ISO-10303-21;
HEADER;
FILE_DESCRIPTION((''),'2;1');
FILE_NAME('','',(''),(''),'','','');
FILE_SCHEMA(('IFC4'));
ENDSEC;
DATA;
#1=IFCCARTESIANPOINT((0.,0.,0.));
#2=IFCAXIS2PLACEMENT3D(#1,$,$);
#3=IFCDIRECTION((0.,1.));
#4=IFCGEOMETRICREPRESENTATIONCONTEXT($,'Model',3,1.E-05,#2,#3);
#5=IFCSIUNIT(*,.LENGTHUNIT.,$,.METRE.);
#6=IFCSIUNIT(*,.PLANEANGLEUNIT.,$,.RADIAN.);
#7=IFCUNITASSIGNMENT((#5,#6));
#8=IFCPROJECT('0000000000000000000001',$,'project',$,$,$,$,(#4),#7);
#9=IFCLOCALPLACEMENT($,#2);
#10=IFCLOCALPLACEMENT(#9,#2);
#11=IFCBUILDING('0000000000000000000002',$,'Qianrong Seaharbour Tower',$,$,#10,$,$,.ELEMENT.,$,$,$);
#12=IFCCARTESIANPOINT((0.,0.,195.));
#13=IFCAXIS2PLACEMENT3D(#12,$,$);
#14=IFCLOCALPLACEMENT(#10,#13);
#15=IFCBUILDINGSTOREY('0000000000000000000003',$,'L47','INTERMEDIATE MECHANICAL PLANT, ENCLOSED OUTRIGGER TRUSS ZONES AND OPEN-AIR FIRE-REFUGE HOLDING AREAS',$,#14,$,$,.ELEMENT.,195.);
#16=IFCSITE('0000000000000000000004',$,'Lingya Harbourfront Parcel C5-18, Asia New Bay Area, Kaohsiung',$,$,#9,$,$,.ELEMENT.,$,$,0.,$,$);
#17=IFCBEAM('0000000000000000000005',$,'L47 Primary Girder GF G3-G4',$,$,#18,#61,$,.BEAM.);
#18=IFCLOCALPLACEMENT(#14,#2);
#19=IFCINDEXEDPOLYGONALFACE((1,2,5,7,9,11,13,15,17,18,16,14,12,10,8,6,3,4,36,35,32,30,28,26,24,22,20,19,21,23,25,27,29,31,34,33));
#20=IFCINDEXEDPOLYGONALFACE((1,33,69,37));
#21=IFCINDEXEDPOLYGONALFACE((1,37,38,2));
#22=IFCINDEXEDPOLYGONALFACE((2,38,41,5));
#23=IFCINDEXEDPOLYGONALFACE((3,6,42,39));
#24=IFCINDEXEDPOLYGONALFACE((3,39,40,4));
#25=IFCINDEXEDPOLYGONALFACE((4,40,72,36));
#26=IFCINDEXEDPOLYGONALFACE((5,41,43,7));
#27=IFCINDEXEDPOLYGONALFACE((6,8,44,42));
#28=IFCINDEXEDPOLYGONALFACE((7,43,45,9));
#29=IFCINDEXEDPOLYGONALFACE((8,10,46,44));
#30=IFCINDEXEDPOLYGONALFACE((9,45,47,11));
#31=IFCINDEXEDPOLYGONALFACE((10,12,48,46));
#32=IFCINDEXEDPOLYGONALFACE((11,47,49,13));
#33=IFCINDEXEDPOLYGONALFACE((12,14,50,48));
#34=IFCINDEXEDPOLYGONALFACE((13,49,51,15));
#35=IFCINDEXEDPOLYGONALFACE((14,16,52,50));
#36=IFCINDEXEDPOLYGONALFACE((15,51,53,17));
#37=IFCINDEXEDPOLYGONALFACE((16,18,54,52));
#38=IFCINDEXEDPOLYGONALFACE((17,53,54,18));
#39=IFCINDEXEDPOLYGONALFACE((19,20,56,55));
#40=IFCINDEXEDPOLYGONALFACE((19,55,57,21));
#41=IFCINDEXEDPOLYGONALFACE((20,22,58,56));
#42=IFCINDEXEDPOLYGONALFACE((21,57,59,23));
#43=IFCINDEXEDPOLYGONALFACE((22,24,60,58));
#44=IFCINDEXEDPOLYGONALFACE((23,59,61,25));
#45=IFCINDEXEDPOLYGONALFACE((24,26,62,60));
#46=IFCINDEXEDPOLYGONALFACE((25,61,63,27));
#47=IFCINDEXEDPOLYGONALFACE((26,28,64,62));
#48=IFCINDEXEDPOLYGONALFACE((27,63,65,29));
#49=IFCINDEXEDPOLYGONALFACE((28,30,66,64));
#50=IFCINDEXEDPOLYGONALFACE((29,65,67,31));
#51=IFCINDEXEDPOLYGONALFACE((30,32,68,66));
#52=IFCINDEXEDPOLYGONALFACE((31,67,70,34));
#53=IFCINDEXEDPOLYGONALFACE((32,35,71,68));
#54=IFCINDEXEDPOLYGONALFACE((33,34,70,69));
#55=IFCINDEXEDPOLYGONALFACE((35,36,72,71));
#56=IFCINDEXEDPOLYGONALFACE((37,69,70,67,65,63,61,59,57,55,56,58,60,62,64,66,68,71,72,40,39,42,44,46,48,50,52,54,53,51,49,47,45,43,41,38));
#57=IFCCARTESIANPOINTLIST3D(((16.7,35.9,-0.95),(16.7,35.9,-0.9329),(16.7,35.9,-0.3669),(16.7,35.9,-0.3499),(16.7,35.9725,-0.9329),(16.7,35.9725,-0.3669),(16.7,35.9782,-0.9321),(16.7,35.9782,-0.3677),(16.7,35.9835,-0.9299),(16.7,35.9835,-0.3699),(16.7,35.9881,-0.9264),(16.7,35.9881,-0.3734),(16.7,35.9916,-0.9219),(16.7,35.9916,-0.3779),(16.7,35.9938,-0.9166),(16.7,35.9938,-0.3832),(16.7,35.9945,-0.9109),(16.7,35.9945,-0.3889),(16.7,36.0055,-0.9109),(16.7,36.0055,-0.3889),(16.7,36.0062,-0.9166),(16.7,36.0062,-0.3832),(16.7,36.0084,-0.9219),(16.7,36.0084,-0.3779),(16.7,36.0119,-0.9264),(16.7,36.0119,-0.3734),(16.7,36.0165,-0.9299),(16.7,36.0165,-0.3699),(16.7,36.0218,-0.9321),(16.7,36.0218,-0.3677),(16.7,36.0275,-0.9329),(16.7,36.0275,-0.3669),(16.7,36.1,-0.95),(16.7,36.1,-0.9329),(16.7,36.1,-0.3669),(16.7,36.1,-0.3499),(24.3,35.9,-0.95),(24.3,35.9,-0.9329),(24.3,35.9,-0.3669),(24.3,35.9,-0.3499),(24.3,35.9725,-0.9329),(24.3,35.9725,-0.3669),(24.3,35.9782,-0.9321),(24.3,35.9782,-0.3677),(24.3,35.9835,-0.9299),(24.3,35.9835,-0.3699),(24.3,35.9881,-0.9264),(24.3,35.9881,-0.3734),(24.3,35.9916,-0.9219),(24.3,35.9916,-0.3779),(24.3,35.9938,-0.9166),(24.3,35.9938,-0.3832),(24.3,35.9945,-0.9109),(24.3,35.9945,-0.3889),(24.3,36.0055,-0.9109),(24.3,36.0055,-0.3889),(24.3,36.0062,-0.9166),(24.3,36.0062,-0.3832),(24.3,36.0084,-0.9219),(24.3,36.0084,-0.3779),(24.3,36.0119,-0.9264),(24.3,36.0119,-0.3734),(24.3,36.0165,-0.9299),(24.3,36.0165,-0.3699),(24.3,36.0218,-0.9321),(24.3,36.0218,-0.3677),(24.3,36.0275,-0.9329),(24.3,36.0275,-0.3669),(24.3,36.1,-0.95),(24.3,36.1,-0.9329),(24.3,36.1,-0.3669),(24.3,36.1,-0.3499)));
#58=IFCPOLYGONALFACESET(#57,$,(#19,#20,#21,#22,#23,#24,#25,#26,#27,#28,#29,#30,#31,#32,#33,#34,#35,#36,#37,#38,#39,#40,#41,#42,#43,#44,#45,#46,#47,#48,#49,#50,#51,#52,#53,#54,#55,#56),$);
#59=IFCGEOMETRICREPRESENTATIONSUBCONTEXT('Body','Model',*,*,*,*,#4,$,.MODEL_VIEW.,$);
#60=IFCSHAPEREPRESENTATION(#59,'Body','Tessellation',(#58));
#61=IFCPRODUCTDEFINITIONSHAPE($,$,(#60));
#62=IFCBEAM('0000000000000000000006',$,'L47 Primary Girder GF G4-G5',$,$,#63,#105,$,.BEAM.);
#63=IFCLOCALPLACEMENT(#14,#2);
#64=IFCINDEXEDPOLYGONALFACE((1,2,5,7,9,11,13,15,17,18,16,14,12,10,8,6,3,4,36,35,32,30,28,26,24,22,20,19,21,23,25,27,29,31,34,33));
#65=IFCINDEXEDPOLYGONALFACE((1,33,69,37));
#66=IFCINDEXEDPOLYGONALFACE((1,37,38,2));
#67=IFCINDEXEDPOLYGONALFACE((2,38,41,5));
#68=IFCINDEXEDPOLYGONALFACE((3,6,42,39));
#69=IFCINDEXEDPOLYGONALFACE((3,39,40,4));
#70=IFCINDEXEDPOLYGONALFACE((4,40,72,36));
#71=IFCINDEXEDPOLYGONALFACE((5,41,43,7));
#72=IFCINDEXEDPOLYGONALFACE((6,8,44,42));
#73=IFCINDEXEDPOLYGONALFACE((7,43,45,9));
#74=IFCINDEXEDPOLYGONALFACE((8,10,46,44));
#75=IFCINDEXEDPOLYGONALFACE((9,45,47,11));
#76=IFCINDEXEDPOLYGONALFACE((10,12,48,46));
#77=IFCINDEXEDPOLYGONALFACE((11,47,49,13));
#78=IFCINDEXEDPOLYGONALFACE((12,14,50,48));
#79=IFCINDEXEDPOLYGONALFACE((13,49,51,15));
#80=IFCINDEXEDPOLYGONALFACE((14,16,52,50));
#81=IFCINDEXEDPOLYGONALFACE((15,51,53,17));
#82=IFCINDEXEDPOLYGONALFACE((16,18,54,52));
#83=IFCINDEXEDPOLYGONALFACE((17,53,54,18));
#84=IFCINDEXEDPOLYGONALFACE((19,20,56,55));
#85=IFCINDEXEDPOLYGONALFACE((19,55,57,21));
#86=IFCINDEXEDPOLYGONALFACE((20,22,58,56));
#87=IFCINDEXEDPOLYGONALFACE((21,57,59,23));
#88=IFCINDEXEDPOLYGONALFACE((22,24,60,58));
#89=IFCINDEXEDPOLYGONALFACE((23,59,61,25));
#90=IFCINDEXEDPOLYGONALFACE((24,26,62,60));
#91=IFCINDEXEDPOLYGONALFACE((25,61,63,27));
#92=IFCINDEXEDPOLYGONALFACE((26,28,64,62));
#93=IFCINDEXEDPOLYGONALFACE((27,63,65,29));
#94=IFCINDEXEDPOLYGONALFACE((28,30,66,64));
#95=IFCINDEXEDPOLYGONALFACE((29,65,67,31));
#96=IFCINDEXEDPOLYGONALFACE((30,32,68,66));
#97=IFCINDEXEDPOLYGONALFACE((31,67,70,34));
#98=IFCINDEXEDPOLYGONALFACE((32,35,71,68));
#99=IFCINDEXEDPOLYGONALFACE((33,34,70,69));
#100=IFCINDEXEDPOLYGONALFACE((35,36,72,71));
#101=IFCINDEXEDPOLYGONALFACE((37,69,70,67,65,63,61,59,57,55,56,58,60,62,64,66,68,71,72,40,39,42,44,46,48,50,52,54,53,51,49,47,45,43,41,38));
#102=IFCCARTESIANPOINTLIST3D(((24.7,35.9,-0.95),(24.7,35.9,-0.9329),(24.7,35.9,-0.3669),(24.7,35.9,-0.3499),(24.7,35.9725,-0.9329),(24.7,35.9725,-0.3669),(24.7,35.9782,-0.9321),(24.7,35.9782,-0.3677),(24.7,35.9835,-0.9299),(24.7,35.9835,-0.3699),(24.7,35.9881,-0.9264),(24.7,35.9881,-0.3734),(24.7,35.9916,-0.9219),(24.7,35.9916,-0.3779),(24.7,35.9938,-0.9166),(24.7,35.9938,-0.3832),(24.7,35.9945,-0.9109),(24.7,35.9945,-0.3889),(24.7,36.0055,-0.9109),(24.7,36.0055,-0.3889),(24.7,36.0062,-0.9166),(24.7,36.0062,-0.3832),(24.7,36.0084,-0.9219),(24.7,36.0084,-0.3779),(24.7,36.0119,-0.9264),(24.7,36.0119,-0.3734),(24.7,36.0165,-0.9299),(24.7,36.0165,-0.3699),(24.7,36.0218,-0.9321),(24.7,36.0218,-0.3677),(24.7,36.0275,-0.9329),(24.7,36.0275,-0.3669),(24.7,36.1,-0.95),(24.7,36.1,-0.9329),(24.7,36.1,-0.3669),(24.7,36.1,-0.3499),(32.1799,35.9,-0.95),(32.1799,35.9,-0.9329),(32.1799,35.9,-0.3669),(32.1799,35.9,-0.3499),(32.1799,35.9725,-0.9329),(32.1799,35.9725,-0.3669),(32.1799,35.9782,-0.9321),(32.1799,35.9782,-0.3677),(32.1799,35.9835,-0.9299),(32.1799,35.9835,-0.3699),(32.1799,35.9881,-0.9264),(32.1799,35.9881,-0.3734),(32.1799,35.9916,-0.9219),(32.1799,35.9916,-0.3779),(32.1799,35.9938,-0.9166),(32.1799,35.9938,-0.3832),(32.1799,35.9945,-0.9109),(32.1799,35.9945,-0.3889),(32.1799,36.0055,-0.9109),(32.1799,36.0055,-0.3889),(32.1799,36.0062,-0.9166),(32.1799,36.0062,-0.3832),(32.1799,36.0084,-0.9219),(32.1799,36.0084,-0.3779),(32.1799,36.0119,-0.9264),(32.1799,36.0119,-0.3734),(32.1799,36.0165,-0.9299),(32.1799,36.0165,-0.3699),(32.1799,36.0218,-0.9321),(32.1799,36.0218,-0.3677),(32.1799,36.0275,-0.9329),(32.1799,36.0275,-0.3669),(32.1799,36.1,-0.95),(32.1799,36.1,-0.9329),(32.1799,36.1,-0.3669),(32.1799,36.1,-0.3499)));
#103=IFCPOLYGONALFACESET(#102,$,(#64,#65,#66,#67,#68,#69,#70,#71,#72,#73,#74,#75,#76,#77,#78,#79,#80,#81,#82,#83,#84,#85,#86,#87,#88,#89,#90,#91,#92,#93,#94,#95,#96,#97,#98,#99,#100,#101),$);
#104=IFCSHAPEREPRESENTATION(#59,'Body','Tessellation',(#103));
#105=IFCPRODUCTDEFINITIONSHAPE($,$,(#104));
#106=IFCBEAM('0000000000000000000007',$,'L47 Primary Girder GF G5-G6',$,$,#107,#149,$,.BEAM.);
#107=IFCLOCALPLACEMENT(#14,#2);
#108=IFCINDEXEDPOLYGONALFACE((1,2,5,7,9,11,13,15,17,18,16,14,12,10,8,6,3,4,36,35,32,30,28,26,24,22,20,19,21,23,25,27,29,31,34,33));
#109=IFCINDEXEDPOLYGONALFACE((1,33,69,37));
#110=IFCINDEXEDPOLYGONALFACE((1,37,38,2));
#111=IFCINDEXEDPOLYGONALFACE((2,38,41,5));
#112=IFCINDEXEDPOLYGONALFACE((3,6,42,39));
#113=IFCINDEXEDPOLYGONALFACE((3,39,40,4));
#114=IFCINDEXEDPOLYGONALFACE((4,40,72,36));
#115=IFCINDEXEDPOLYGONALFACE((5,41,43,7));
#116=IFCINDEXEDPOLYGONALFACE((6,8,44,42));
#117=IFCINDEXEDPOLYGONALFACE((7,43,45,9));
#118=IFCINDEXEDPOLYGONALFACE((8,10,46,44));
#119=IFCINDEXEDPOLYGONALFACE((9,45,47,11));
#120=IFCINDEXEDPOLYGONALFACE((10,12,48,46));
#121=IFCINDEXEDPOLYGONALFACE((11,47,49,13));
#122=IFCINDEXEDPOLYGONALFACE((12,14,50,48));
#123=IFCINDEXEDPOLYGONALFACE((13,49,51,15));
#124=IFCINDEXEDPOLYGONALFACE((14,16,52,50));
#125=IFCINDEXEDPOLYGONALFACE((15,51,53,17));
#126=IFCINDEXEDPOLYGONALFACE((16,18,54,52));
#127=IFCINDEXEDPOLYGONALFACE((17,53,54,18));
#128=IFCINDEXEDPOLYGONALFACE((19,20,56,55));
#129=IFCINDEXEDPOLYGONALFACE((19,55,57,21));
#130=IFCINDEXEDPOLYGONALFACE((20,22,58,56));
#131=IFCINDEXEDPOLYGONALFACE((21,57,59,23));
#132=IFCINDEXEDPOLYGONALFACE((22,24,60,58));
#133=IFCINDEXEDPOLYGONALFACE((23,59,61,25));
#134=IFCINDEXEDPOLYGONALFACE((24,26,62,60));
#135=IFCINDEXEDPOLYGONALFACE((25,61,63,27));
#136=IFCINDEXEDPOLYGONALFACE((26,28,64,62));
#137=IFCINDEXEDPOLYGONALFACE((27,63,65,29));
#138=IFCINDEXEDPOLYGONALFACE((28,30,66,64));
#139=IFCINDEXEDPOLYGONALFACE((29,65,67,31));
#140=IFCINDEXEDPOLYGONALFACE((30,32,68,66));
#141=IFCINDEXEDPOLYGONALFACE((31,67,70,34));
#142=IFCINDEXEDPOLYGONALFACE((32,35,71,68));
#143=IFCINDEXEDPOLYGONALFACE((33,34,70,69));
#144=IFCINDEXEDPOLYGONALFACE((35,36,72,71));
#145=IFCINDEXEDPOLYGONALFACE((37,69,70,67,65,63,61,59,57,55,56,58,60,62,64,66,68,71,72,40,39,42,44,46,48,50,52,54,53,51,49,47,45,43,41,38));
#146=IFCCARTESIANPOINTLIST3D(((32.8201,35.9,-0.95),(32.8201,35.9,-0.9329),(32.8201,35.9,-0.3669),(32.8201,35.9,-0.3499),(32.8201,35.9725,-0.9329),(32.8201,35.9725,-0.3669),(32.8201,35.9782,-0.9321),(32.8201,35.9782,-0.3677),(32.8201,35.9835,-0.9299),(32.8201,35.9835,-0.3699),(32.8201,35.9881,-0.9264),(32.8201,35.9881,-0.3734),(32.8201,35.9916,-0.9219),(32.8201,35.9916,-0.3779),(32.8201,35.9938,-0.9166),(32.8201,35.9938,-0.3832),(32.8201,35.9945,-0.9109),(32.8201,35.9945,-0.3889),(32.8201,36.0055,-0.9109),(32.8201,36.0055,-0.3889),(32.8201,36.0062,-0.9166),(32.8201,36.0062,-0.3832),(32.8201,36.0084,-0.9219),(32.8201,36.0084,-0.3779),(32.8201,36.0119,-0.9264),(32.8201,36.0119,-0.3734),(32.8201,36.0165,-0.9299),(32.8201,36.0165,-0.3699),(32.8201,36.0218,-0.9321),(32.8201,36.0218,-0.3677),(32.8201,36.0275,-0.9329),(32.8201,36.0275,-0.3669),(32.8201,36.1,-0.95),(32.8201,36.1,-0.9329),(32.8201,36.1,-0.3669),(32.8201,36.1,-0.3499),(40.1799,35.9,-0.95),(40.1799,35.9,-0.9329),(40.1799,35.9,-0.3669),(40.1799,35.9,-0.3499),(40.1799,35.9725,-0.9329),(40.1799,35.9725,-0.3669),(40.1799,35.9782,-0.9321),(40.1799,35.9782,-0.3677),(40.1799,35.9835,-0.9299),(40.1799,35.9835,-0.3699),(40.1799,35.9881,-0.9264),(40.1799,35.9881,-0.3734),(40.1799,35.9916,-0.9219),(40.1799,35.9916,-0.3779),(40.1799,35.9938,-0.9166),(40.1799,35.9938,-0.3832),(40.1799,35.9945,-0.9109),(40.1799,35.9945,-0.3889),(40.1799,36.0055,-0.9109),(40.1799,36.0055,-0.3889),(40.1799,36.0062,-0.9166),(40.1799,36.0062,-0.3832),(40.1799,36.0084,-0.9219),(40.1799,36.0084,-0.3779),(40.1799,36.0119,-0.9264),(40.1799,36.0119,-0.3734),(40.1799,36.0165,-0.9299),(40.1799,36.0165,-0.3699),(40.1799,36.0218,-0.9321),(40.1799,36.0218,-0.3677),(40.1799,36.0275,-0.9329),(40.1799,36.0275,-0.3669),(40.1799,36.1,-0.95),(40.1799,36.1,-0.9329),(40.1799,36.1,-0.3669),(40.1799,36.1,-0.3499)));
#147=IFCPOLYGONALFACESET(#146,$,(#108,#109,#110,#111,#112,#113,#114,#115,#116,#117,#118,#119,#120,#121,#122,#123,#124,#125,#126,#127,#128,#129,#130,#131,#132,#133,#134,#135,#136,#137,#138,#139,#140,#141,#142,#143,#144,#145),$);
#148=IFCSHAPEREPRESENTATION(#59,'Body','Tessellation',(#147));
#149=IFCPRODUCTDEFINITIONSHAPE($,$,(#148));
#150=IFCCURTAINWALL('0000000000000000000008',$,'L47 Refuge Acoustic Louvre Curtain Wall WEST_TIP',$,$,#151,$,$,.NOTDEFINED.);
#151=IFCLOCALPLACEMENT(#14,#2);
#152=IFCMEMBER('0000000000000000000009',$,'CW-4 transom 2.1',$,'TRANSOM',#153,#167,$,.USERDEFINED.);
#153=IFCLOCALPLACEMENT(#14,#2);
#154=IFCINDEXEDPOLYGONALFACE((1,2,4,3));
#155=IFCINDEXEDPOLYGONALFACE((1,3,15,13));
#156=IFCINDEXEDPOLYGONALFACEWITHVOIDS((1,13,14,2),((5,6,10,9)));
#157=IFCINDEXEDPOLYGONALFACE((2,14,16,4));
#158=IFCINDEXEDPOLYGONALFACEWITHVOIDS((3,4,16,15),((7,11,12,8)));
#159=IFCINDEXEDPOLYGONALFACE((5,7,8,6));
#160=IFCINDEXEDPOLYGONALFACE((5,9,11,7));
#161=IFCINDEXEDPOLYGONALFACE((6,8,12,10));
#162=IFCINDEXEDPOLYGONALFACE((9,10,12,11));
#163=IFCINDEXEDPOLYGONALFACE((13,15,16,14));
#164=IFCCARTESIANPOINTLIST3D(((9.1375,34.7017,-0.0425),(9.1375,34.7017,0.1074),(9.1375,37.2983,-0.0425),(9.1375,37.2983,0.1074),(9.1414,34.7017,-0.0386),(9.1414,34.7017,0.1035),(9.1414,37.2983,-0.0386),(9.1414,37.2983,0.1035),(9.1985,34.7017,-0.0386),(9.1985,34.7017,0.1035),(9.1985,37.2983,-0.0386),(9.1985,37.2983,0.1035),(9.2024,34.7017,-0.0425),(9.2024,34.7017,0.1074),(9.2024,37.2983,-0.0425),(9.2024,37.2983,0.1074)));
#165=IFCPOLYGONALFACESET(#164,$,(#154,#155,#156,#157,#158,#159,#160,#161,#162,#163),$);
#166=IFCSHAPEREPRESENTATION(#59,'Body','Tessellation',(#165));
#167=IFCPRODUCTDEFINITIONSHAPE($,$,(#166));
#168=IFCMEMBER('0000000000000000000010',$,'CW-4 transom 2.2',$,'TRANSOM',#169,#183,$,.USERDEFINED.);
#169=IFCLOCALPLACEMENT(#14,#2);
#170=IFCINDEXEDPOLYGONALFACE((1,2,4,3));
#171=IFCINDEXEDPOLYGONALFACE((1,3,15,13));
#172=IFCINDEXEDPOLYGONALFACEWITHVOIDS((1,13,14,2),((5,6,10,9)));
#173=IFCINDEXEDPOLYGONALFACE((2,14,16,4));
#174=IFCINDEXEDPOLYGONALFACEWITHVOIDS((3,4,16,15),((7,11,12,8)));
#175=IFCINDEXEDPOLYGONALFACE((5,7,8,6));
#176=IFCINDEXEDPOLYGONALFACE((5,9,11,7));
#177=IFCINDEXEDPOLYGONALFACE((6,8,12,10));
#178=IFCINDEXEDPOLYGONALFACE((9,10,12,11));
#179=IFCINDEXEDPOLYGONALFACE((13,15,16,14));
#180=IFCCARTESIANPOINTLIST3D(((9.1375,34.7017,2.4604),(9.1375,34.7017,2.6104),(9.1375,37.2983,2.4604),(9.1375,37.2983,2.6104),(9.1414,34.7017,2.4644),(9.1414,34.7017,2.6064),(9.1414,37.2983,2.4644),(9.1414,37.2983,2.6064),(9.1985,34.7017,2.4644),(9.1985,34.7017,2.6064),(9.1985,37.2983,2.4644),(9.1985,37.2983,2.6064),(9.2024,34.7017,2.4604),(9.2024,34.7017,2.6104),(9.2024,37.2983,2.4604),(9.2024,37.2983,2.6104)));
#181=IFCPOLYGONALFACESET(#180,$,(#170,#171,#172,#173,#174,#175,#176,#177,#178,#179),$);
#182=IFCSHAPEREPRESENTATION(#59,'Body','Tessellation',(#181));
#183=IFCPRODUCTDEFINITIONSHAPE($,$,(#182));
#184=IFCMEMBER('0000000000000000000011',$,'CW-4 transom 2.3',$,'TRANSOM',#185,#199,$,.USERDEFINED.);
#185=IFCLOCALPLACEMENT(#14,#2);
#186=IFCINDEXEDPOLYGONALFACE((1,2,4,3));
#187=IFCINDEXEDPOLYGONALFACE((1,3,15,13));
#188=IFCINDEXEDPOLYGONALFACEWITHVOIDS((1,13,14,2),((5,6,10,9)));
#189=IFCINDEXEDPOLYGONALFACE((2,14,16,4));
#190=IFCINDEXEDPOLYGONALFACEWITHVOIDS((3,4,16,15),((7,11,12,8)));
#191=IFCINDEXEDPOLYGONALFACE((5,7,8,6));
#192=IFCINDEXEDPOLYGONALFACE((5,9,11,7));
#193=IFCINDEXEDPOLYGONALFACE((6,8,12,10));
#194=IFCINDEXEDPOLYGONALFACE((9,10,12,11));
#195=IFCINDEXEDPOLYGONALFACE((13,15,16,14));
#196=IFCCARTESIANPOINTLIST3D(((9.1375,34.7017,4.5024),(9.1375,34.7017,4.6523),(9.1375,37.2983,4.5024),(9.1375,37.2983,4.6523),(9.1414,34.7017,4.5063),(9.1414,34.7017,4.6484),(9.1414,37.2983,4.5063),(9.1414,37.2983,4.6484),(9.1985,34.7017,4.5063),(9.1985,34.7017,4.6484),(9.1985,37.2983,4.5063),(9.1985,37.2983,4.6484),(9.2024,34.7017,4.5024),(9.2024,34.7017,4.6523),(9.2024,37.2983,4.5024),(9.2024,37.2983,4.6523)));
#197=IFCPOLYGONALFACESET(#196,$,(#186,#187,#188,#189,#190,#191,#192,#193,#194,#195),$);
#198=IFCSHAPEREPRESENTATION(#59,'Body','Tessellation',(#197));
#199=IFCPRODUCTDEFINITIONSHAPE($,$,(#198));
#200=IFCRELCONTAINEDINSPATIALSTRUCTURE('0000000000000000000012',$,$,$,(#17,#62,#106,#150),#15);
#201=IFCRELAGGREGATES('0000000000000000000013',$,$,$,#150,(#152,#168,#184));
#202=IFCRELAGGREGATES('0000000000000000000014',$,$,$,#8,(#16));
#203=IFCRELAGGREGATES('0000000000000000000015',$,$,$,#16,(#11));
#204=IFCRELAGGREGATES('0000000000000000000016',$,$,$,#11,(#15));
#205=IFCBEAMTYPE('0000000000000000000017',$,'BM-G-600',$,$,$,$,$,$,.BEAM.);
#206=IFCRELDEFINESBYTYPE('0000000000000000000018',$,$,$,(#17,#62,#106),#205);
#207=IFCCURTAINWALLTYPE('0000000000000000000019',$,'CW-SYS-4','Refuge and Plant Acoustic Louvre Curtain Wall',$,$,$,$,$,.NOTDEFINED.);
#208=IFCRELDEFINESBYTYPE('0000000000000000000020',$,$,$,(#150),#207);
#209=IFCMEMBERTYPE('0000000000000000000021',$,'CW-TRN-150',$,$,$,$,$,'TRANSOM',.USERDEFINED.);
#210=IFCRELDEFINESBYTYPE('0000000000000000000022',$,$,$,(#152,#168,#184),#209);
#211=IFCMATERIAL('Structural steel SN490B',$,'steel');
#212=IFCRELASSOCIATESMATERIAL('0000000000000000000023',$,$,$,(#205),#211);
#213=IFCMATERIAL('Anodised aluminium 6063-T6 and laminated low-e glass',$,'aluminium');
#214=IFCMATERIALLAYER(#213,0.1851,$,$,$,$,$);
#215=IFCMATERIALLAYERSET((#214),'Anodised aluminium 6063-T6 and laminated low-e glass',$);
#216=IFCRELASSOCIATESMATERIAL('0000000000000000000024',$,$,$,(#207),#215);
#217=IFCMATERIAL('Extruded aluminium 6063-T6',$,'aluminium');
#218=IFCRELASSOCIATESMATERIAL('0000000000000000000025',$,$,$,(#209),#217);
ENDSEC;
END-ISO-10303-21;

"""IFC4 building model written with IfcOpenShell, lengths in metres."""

from ifc_helpers import new_model, si_unit, direction, frame, origin, origin_2d, place, context, subcontext, project, spatial, hollow_rectangle, i_section, extrude, material, layer, layer_set, material_profile, profile_set, type_object, element, aggregate, save


model = new_model("IFC4")

# Units and contexts
model_context = context("Model", 3, precision=1e-05, world=origin(), true_north=direction((0.0, 1.0)))
body_context = subcontext(model_context, "Body", "Model", "MODEL_VIEW")
ifc_project = project(units=[si_unit("LENGTHUNIT", "METRE"), si_unit("PLANEANGLEUNIT", "RADIAN")], contexts=[model_context])

# Site, building, storey
site_placement = place(None, origin())
site = spatial("IfcSite", under=ifc_project, at=site_placement, Name="Lingya Harbourfront Parcel C5-18, Asia New Bay Area, Kaohsiung", CompositionType="ELEMENT", RefElevation=0.0)
building_placement = place(site_placement, origin())
building = spatial("IfcBuilding", under=site, at=building_placement, Name="Qianrong Seaharbour Tower", CompositionType="ELEMENT")
storey_placement = place(building_placement, frame((0.0, 0.0, 195.0)))
storey = spatial("IfcBuildingStorey", under=building, at=storey_placement, Name="L47", Description="INTERMEDIATE MECHANICAL PLANT, ENCLOSED OUTRIGGER TRUSS ZONES AND OPEN-AIR FIRE-REFUGE HOLDING AREAS", CompositionType="ELEMENT", Elevation=195.0)

# Shared definitions
ifc_material_1 = material(Name="Structural steel SN490B", Category="steel")

# Beams
ifc_material_profile_1 = material_profile(ifc_material_1, i_section(OverallWidth=0.2, OverallDepth=0.6001, WebThickness=0.011, FlangeThickness=0.0171, FilletRadius=0.022, at=origin_2d()), Name="H600x200x11x17")
ifc_profile_set_1 = profile_set([ifc_material_profile_1], Name="Structural steel SN490B")
beam_type = type_object("IfcBeamType", Name="BM-G-600", PredefinedType="BEAM", material=ifc_profile_set_1)
beam_1_placement = place(storey_placement, frame((16.7, 36.0, -0.6499), z_axis=(1.0, 0.0, 0.0), x_axis=(0.0, 1.0, 0.0)))
element("IfcBeam", 1, at=beam_1_placement, inside=storey, type_object=beam_type, Name="L47 Primary Girder GF G3-G4", PredefinedType="BEAM", context=body_context, shape_type="SweptSolid", body=[
    extrude(i_section(OverallWidth=0.2, OverallDepth=0.6001, WebThickness=0.011, FlangeThickness=0.0171, FilletRadius=0.022, at=origin_2d()), origin(), (0.0, 0.0, 1.0), 7.6001),
])
beam_2_placement = place(storey_placement, frame((24.7, 36.0, -0.6499), z_axis=(1.0, 0.0, 0.0), x_axis=(0.0, 1.0, 0.0)))
element("IfcBeam", 2, at=beam_2_placement, inside=storey, type_object=beam_type, Name="L47 Primary Girder GF G4-G5", PredefinedType="BEAM", context=body_context, shape_type="SweptSolid", body=[
    extrude(i_section(OverallWidth=0.2, OverallDepth=0.6001, WebThickness=0.011, FlangeThickness=0.0171, FilletRadius=0.022, at=origin_2d()), origin(), (0.0, 0.0, 1.0), 7.48),
])
beam_3_placement = place(storey_placement, frame((32.8201, 36.0, -0.6499), z_axis=(1.0, 0.0, 0.0), x_axis=(0.0, 1.0, 0.0)))
element("IfcBeam", 3, at=beam_3_placement, inside=storey, type_object=beam_type, Name="L47 Primary Girder GF G5-G6", PredefinedType="BEAM", context=body_context, shape_type="SweptSolid", body=[
    extrude(i_section(OverallWidth=0.2, OverallDepth=0.6001, WebThickness=0.011, FlangeThickness=0.0171, FilletRadius=0.022, at=origin_2d()), origin(), (0.0, 0.0, 1.0), 7.3599),
])

# Curtain wall, members
ifc_material_2 = material(Name="Anodised aluminium 6063-T6 and laminated low-e glass", Category="aluminium")
ifc_layer_1 = layer(ifc_material_2, 0.1851)
ifc_layer_set_1 = layer_set([ifc_layer_1], Name="Anodised aluminium 6063-T6 and laminated low-e glass")
curtain_wall_type = type_object("IfcCurtainWallType", Name="CW-SYS-4", Description="Refuge and Plant Acoustic Louvre Curtain Wall", PredefinedType="NOTDEFINED", material=ifc_layer_set_1)
curtain_wall_placement = place(storey_placement, origin())
curtain_wall = element("IfcCurtainWall", 4, at=curtain_wall_placement, inside=storey, type_object=curtain_wall_type, Name="L47 Refuge Acoustic Louvre Curtain Wall WEST_TIP", PredefinedType="NOTDEFINED")
ifc_material_3 = material(Name="Extruded aluminium 6063-T6", Category="aluminium")
ifc_material_profile_2 = material_profile(ifc_material_3, hollow_rectangle(XDim=0.0649, YDim=0.1499, WallThickness=0.0039, at=origin_2d()), Name="ALU-TRN-150x65x4")
ifc_profile_set_2 = profile_set([ifc_material_profile_2], Name="Extruded aluminium 6063-T6")
member_type_1 = type_object("IfcMemberType", Name="CW-TRN-150", ElementType="TRANSOM", PredefinedType="USERDEFINED", material=ifc_profile_set_2)
member_1_placement = place(storey_placement, frame((9.1699, 34.7017, 0.0325), z_axis=(0.0, 1.0, 0.0), x_axis=(-1.0, 0.0, 0.0)))
member_1 = element("IfcMember", 5, at=member_1_placement, type_object=member_type_1, Name="CW-4 transom 2.1", ObjectType="TRANSOM", PredefinedType="USERDEFINED", context=body_context, shape_type="SweptSolid", body=[
    extrude(hollow_rectangle(XDim=0.0649, YDim=0.1499, WallThickness=0.0039, at=origin_2d()), origin(), (0.0, 0.0, 1.0), 2.5967),
])
member_2_placement = place(storey_placement, frame((9.1699, 34.7017, 2.5354), z_axis=(0.0, 1.0, 0.0), x_axis=(-1.0, 0.0, 0.0)))
member_2 = element("IfcMember", 6, at=member_2_placement, type_object=member_type_1, Name="CW-4 transom 2.2", ObjectType="TRANSOM", PredefinedType="USERDEFINED", context=body_context, shape_type="SweptSolid", body=[
    extrude(hollow_rectangle(XDim=0.0649, YDim=0.1499, WallThickness=0.0039, at=origin_2d()), origin(), (0.0, 0.0, 1.0), 2.5967),
])
member_3_placement = place(storey_placement, frame((9.1699, 34.7017, 4.5774), z_axis=(0.0, 1.0, 0.0), x_axis=(-1.0, 0.0, 0.0)))
member_3 = element("IfcMember", 7, at=member_3_placement, type_object=member_type_1, Name="CW-4 transom 2.3", ObjectType="TRANSOM", PredefinedType="USERDEFINED", context=body_context, shape_type="SweptSolid", body=[
    extrude(hollow_rectangle(XDim=0.0649, YDim=0.1499, WallThickness=0.0039, at=origin_2d()), origin(), (0.0, 0.0, 1.0), 2.5967),
])

aggregate(curtain_wall, [member_1, member_2, member_3])

save(model, "model.ifc")
